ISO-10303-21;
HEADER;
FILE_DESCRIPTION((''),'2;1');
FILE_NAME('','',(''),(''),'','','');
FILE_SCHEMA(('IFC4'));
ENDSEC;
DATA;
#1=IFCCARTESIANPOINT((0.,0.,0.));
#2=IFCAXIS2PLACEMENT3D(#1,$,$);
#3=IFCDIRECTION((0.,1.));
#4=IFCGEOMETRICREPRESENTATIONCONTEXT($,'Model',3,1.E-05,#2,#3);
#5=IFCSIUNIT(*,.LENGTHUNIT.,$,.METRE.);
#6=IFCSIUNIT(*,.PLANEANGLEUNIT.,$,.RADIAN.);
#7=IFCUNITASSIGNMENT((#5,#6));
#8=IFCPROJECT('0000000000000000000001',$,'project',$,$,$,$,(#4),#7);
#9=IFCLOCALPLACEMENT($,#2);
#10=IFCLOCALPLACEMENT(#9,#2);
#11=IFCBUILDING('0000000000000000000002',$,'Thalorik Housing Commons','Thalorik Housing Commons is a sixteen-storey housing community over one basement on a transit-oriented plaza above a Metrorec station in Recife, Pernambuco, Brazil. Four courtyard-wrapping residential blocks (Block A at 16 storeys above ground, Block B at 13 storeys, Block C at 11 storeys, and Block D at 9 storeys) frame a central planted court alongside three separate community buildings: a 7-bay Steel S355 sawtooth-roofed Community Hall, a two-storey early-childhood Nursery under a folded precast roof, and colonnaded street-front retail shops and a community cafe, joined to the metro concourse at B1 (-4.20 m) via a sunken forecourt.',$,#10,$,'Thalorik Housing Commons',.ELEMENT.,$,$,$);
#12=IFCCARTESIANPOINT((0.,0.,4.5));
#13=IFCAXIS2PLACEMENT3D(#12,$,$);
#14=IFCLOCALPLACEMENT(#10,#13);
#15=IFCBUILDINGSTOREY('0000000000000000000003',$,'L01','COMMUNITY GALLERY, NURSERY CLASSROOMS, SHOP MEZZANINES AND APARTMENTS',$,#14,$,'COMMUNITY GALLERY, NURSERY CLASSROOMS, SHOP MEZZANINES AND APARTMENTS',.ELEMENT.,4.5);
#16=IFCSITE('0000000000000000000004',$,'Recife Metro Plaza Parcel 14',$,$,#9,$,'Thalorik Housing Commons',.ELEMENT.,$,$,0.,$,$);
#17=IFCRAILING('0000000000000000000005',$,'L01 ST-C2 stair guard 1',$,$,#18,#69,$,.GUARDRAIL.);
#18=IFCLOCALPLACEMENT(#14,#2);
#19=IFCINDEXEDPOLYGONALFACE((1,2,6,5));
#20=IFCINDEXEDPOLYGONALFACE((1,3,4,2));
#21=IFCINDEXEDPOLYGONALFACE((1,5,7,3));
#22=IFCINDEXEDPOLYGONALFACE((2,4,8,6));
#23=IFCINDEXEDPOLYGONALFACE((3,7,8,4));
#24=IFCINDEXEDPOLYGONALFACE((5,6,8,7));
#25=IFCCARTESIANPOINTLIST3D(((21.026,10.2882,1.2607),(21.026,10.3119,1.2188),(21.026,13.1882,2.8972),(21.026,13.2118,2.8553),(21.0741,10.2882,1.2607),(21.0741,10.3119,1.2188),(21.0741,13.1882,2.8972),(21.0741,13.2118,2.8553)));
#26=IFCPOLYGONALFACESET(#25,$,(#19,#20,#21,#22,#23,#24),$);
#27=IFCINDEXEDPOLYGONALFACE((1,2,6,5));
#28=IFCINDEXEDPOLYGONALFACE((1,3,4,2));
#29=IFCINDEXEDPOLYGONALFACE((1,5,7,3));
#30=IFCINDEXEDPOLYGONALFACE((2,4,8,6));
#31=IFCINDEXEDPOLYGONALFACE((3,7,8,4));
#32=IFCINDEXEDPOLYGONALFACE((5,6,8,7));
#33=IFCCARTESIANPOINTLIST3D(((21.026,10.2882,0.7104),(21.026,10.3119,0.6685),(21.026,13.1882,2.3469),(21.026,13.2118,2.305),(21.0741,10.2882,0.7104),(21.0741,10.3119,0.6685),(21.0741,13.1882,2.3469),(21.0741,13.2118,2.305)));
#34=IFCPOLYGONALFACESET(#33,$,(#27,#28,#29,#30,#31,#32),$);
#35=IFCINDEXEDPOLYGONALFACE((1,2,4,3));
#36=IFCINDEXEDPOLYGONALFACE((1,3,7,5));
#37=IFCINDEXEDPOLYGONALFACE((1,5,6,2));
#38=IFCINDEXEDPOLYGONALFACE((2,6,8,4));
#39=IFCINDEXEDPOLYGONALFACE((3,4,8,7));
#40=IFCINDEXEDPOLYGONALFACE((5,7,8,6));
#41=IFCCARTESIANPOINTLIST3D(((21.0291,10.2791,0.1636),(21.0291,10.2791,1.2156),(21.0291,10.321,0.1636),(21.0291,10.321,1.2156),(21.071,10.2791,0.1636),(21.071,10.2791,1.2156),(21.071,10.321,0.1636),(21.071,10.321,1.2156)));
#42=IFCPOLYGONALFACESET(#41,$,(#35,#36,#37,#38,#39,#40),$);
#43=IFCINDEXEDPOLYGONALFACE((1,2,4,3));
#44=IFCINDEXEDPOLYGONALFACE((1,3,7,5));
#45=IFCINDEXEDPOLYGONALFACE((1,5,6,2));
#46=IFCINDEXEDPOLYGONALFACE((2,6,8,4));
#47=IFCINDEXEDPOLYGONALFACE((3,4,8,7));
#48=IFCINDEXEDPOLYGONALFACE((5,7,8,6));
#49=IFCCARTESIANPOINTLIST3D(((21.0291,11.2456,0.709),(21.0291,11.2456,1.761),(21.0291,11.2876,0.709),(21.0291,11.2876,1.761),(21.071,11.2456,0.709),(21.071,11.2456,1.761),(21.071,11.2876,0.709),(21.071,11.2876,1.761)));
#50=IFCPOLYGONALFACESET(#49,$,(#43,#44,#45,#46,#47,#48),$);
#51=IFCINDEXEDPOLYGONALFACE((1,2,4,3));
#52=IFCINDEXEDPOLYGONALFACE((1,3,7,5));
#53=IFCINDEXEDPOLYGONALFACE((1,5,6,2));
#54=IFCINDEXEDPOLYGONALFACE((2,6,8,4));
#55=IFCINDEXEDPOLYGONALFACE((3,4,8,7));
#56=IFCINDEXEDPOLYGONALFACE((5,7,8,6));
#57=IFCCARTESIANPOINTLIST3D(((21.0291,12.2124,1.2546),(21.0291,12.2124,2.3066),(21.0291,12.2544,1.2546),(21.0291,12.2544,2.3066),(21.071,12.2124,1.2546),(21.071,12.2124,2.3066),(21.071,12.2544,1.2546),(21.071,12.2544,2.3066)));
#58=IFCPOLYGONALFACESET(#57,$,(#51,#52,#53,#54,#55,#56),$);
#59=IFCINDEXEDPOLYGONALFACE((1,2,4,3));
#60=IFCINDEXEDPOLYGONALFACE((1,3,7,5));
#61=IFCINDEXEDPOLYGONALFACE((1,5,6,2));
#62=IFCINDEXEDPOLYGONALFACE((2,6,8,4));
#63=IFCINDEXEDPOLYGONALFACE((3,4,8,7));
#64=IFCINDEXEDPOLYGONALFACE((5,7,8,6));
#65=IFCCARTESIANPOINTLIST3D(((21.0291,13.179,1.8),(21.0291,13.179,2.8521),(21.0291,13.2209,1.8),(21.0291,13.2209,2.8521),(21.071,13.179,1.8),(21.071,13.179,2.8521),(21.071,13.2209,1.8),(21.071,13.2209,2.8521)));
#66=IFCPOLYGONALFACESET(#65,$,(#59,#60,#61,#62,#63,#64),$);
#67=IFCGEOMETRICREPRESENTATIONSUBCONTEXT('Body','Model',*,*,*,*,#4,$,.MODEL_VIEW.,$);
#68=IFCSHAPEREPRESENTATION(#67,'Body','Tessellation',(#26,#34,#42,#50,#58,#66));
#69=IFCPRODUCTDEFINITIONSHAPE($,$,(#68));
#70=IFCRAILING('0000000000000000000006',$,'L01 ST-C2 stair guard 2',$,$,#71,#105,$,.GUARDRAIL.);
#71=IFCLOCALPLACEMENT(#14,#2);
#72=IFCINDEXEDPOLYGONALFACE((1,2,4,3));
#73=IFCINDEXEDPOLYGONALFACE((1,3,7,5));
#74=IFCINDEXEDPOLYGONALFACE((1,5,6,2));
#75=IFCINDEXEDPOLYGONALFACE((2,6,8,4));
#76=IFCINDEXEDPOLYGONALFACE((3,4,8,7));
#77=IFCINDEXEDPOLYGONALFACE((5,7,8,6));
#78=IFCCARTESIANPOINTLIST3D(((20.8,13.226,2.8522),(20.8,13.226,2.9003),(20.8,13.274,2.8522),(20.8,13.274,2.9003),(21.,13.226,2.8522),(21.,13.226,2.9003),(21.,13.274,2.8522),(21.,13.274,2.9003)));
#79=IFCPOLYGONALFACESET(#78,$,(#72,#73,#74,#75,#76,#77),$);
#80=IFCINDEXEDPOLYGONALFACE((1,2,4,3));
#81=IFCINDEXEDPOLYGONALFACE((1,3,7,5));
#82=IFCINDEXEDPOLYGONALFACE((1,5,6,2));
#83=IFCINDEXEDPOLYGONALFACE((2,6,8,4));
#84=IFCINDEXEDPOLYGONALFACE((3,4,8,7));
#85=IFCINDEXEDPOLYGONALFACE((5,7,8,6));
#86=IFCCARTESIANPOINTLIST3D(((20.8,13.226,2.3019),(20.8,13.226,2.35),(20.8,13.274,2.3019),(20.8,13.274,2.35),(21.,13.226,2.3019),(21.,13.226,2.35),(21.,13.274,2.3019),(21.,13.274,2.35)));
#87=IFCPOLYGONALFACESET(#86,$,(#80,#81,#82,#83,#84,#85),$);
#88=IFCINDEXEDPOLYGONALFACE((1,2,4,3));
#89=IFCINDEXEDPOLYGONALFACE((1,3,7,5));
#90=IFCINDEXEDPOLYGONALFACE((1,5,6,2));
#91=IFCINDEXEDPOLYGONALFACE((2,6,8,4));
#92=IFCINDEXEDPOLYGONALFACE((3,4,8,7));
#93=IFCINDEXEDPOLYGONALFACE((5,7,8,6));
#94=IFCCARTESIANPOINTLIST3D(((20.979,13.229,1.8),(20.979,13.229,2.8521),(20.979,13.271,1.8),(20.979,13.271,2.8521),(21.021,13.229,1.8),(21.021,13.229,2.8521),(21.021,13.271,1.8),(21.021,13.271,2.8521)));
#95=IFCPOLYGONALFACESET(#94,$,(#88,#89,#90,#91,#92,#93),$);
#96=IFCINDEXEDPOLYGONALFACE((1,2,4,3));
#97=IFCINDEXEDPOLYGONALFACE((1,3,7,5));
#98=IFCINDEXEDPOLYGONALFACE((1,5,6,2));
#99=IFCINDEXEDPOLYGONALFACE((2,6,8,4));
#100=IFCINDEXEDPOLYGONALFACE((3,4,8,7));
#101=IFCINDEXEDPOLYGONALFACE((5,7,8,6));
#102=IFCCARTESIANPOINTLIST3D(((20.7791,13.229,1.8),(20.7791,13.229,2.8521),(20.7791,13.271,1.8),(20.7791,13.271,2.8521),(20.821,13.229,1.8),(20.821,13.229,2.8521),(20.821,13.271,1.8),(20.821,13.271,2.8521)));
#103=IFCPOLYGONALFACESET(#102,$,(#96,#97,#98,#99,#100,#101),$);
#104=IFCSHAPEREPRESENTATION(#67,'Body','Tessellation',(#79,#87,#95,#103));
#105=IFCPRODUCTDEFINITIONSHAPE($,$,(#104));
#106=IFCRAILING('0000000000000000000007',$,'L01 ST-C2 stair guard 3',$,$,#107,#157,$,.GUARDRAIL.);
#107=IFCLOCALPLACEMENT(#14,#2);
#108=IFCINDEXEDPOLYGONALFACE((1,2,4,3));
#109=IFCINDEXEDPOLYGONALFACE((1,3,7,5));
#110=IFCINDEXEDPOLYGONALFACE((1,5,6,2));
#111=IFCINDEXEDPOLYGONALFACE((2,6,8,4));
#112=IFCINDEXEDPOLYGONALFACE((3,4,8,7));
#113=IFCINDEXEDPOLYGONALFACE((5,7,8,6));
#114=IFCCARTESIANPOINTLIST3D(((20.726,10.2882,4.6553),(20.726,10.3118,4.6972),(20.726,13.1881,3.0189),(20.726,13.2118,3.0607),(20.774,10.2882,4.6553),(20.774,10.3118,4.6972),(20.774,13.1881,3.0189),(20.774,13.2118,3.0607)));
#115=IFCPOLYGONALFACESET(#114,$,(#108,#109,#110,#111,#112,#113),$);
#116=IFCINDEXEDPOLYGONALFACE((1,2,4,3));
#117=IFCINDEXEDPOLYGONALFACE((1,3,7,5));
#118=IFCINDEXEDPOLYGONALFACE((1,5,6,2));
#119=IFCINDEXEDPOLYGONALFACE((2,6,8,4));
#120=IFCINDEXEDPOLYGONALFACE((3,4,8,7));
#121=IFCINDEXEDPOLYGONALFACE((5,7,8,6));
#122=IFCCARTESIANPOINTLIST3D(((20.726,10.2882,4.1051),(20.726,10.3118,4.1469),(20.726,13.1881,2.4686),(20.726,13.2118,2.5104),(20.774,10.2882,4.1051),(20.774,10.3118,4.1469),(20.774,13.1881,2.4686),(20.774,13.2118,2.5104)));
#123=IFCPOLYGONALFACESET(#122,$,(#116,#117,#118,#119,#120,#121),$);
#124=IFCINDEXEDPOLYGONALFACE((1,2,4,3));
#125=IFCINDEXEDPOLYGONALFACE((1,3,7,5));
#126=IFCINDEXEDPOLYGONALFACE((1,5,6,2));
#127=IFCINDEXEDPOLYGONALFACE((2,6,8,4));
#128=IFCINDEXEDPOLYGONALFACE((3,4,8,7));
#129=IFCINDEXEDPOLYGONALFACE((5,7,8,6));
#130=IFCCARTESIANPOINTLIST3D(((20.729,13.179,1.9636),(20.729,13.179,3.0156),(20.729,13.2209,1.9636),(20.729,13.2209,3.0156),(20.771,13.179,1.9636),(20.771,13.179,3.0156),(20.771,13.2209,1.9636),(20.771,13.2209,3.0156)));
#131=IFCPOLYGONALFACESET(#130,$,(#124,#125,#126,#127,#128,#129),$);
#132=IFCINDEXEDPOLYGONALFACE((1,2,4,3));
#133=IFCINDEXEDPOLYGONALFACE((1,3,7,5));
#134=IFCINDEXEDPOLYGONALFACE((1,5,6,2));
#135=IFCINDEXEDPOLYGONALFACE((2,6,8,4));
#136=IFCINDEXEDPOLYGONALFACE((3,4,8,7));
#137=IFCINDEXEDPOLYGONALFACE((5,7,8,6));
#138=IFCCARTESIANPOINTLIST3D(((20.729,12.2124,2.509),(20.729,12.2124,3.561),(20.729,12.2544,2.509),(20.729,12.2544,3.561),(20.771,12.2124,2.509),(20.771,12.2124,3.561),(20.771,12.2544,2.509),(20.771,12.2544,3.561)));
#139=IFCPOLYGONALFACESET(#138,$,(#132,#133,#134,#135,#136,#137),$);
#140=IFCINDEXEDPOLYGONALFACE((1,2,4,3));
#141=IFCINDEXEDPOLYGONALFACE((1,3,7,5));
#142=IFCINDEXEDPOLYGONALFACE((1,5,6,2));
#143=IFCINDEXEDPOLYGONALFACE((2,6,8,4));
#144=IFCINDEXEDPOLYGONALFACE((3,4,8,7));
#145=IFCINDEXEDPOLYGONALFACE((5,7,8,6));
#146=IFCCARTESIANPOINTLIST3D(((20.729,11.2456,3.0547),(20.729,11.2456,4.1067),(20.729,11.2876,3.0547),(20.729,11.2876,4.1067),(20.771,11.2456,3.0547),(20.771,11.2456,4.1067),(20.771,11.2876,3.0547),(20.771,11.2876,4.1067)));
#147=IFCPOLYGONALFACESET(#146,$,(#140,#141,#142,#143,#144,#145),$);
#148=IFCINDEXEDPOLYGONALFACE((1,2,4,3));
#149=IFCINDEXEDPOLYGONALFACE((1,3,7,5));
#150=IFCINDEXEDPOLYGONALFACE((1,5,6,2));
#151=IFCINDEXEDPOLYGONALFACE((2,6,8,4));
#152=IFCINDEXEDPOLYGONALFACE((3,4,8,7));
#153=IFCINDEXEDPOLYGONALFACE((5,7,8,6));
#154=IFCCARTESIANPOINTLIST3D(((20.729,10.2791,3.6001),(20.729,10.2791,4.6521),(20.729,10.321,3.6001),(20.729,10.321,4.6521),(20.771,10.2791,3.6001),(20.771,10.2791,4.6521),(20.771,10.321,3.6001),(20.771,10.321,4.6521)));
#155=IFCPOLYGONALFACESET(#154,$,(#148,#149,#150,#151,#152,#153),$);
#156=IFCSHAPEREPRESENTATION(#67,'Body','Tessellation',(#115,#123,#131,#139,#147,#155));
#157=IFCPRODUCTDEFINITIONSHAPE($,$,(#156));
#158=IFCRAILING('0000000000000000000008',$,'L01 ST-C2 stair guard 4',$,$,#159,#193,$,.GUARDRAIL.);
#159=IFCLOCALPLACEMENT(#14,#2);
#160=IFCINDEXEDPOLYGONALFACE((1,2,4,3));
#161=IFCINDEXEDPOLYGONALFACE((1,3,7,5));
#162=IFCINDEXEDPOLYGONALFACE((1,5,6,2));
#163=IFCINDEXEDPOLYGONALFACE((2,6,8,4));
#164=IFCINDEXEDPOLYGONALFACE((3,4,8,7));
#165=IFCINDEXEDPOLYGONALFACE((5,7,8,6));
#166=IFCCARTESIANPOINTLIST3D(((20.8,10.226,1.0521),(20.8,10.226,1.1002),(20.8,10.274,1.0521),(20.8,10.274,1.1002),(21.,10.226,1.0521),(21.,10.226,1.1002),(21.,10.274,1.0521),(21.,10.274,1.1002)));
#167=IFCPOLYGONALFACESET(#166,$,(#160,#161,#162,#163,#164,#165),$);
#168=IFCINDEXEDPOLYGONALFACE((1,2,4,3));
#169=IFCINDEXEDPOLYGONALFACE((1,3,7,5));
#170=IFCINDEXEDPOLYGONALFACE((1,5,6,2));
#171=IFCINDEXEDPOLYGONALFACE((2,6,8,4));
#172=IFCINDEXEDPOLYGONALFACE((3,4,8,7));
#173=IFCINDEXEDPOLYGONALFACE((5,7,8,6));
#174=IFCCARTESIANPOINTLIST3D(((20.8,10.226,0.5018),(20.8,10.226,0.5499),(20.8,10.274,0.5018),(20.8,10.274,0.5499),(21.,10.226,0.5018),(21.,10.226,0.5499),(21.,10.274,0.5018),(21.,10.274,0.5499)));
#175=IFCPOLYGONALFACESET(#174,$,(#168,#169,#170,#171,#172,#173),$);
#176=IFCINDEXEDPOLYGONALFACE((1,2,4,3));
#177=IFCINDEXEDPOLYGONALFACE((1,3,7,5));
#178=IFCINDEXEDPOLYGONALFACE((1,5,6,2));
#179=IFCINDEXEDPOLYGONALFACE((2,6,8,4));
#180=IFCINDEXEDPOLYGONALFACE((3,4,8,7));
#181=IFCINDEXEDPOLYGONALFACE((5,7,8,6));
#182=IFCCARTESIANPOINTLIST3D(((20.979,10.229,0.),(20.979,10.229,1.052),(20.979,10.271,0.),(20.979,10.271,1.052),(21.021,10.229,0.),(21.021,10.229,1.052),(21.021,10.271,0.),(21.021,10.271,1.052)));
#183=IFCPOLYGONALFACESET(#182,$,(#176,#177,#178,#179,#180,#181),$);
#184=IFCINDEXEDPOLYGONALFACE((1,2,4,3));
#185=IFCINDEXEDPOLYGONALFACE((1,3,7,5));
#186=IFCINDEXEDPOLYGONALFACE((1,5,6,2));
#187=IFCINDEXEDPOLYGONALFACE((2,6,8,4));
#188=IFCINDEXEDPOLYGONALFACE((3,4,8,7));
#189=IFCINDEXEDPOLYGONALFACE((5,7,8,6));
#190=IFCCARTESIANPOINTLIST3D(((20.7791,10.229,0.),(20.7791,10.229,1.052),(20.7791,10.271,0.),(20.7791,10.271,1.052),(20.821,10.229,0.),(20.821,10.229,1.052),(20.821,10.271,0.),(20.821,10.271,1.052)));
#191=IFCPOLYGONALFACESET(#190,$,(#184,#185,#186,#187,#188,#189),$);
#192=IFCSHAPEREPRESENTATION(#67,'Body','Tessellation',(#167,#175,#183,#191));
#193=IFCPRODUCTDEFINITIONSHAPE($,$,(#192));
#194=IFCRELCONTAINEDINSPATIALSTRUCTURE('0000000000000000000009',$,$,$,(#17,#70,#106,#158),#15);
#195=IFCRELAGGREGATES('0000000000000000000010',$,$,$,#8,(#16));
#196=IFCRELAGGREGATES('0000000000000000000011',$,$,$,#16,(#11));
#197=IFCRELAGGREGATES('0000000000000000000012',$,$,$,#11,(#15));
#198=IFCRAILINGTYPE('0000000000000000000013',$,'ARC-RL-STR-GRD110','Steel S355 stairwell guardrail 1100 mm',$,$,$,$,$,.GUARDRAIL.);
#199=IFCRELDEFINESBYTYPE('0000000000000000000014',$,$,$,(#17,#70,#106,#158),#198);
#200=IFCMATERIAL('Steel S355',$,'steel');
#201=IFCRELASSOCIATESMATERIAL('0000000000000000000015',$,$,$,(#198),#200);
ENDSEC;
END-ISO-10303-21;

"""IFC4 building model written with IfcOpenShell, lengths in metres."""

from ifc_helpers import new_model, si_unit, direction, frame, origin, origin_2d, place, context, subcontext, project, spatial, rectangle, extrude, material, type_object, element, save


model = new_model("IFC4")

# Units and contexts
model_context = context("Model", 3, precision=1e-05, world=origin(), true_north=direction((0.0, 1.0)))
body_context = subcontext(model_context, "Body", "Model", "MODEL_VIEW")
ifc_project = project(units=[si_unit("LENGTHUNIT", "METRE"), si_unit("PLANEANGLEUNIT", "RADIAN")], contexts=[model_context])

# Site, building, storey
site_placement = place(None, origin())
site = spatial("IfcSite", under=ifc_project, at=site_placement, Name="Recife Metro Plaza Parcel 14", LongName="Thalorik Housing Commons", CompositionType="ELEMENT", RefElevation=0.0)
building_placement = place(site_placement, origin())
building = spatial("IfcBuilding", under=site, at=building_placement, Name="Thalorik Housing Commons", Description="Thalorik Housing Commons is a sixteen-storey housing community over one basement on a transit-oriented plaza above a Metrorec station in Recife, Pernambuco, Brazil. Four courtyard-wrapping residential blocks (Block A at 16 storeys above ground, Block B at 13 storeys, Block C at 11 storeys, and Block D at 9 storeys) frame a central planted court alongside three separate community buildings: a 7-bay Steel S355 sawtooth-roofed Community Hall, a two-storey early-childhood Nursery under a folded precast roof, and colonnaded street-front retail shops and a community cafe, joined to the metro concourse at B1 (-4.20 m) via a sunken forecourt.", LongName="Thalorik Housing Commons", CompositionType="ELEMENT")
storey_placement = place(building_placement, frame((0.0, 0.0, 4.5)))
storey = spatial("IfcBuildingStorey", under=building, at=storey_placement, Name="L01", Description="COMMUNITY GALLERY, NURSERY CLASSROOMS, SHOP MEZZANINES AND APARTMENTS", LongName="COMMUNITY GALLERY, NURSERY CLASSROOMS, SHOP MEZZANINES AND APARTMENTS", CompositionType="ELEMENT", Elevation=4.5)

# Shared definitions
ifc_material_1 = material(Name="Steel S355", Category="steel")

# Railings
railing_type_1 = type_object("IfcRailingType", Name="ARC-RL-STR-GRD110", Description="Steel S355 stairwell guardrail 1100 mm", PredefinedType="GUARDRAIL", material=ifc_material_1)
railing_1_placement = place(storey_placement, frame((21.05, 10.3, 0.1636)))
element("IfcRailing", 1, at=railing_1_placement, inside=storey, type_object=railing_type_1, Name="L01 ST-C2 stair guard 1", PredefinedType="GUARDRAIL", context=body_context, shape_type="SweptSolid", body=[
    extrude(rectangle(XDim=0.0481, YDim=0.0481, at=origin_2d()), frame((0.0, 0.0, 1.0762), z_axis=(0.0, 0.870897, 0.491465), x_axis=(-1.0, 0.0, 0.0)), (0.0, 0.0, 1.0), 3.3298),
    extrude(rectangle(XDim=0.0481, YDim=0.0481, at=origin_2d()), frame((0.0, 0.0, 0.5259), z_axis=(0.0, 0.870897, 0.491465), x_axis=(-1.0, 0.0, 0.0)), (0.0, 0.0, 1.0), 3.3298),
    extrude(rectangle(XDim=0.042, YDim=0.042, at=origin_2d()), origin(), (0.0, 0.0, 1.0), 1.052),
    extrude(rectangle(XDim=0.042, YDim=0.042, at=origin_2d()), frame((0.0, 0.9666, 0.5454)), (0.0, 0.0, 1.0), 1.052),
    extrude(rectangle(XDim=0.042, YDim=0.042, at=origin_2d()), frame((0.0, 1.9333, 1.0911)), (0.0, 0.0, 1.0), 1.052),
    extrude(rectangle(XDim=0.042, YDim=0.042, at=origin_2d()), frame((0.0, 2.8999, 1.6365)), (0.0, 0.0, 1.0), 1.052),
])
railing_2_placement = place(storey_placement, frame((21.0, 13.25, 1.8)))
element("IfcRailing", 2, at=railing_2_placement, inside=storey, type_object=railing_type_1, Name="L01 ST-C2 stair guard 2", PredefinedType="GUARDRAIL", context=body_context, shape_type="SweptSolid", body=[
    extrude(rectangle(XDim=0.0481, YDim=0.0481, at=origin_2d()), frame((0.0, 0.0, 1.0762), z_axis=(-1.0, 0.0, 0.0), x_axis=(0.0, -1.0, 0.0)), (0.0, 0.0, 1.0), 0.2),
    extrude(rectangle(XDim=0.0481, YDim=0.0481, at=origin_2d()), frame((0.0, 0.0, 0.5259), z_axis=(-1.0, 0.0, 0.0), x_axis=(0.0, -1.0, 0.0)), (0.0, 0.0, 1.0), 0.2),
    extrude(rectangle(XDim=0.042, YDim=0.042, at=origin_2d()), origin(), (0.0, 0.0, 1.0), 1.052),
    extrude(rectangle(XDim=0.042, YDim=0.042, at=origin_2d()), frame((-0.2, 0.0, 0.0)), (0.0, 0.0, 1.0), 1.052),
])
railing_3_placement = place(storey_placement, frame((20.75, 13.2, 1.9636)))
element("IfcRailing", 3, at=railing_3_placement, inside=storey, type_object=railing_type_1, Name="L01 ST-C2 stair guard 3", PredefinedType="GUARDRAIL", context=body_context, shape_type="SweptSolid", body=[
    extrude(rectangle(XDim=0.0481, YDim=0.0481, at=origin_2d()), frame((0.0, 0.0, 1.0762), z_axis=(0.0, -0.870897, 0.491465), x_axis=(1.0, 0.0, 0.0)), (0.0, 0.0, 1.0), 3.3298),
    extrude(rectangle(XDim=0.0481, YDim=0.0481, at=origin_2d()), frame((0.0, 0.0, 0.5259), z_axis=(0.0, -0.870897, 0.491465), x_axis=(1.0, 0.0, 0.0)), (0.0, 0.0, 1.0), 3.3298),
    extrude(rectangle(XDim=0.042, YDim=0.042, at=origin_2d()), origin(), (0.0, 0.0, 1.0), 1.052),
    extrude(rectangle(XDim=0.042, YDim=0.042, at=origin_2d()), frame((0.0, -0.9666, 0.5454)), (0.0, 0.0, 1.0), 1.052),
    extrude(rectangle(XDim=0.042, YDim=0.042, at=origin_2d()), frame((0.0, -1.9333, 1.0911)), (0.0, 0.0, 1.0), 1.052),
    extrude(rectangle(XDim=0.042, YDim=0.042, at=origin_2d()), frame((0.0, -2.8999, 1.6365)), (0.0, 0.0, 1.0), 1.052),
])
railing_4_placement = place(storey_placement, frame((21.0, 10.25, 0.0)))
element("IfcRailing", 4, at=railing_4_placement, inside=storey, type_object=railing_type_1, Name="L01 ST-C2 stair guard 4", PredefinedType="GUARDRAIL", context=body_context, shape_type="SweptSolid", body=[
    extrude(rectangle(XDim=0.0481, YDim=0.0481, at=origin_2d()), frame((0.0, 0.0, 1.0762), z_axis=(-1.0, 0.0, 0.0), x_axis=(0.0, -1.0, 0.0)), (0.0, 0.0, 1.0), 0.2),
    extrude(rectangle(XDim=0.0481, YDim=0.0481, at=origin_2d()), frame((0.0, 0.0, 0.5259), z_axis=(-1.0, 0.0, 0.0), x_axis=(0.0, -1.0, 0.0)), (0.0, 0.0, 1.0), 0.2),
    extrude(rectangle(XDim=0.042, YDim=0.042, at=origin_2d()), origin(), (0.0, 0.0, 1.0), 1.052),
    extrude(rectangle(XDim=0.042, YDim=0.042, at=origin_2d()), frame((-0.2, 0.0, 0.0)), (0.0, 0.0, 1.0), 1.052),
])

save(model, "model.ifc")
